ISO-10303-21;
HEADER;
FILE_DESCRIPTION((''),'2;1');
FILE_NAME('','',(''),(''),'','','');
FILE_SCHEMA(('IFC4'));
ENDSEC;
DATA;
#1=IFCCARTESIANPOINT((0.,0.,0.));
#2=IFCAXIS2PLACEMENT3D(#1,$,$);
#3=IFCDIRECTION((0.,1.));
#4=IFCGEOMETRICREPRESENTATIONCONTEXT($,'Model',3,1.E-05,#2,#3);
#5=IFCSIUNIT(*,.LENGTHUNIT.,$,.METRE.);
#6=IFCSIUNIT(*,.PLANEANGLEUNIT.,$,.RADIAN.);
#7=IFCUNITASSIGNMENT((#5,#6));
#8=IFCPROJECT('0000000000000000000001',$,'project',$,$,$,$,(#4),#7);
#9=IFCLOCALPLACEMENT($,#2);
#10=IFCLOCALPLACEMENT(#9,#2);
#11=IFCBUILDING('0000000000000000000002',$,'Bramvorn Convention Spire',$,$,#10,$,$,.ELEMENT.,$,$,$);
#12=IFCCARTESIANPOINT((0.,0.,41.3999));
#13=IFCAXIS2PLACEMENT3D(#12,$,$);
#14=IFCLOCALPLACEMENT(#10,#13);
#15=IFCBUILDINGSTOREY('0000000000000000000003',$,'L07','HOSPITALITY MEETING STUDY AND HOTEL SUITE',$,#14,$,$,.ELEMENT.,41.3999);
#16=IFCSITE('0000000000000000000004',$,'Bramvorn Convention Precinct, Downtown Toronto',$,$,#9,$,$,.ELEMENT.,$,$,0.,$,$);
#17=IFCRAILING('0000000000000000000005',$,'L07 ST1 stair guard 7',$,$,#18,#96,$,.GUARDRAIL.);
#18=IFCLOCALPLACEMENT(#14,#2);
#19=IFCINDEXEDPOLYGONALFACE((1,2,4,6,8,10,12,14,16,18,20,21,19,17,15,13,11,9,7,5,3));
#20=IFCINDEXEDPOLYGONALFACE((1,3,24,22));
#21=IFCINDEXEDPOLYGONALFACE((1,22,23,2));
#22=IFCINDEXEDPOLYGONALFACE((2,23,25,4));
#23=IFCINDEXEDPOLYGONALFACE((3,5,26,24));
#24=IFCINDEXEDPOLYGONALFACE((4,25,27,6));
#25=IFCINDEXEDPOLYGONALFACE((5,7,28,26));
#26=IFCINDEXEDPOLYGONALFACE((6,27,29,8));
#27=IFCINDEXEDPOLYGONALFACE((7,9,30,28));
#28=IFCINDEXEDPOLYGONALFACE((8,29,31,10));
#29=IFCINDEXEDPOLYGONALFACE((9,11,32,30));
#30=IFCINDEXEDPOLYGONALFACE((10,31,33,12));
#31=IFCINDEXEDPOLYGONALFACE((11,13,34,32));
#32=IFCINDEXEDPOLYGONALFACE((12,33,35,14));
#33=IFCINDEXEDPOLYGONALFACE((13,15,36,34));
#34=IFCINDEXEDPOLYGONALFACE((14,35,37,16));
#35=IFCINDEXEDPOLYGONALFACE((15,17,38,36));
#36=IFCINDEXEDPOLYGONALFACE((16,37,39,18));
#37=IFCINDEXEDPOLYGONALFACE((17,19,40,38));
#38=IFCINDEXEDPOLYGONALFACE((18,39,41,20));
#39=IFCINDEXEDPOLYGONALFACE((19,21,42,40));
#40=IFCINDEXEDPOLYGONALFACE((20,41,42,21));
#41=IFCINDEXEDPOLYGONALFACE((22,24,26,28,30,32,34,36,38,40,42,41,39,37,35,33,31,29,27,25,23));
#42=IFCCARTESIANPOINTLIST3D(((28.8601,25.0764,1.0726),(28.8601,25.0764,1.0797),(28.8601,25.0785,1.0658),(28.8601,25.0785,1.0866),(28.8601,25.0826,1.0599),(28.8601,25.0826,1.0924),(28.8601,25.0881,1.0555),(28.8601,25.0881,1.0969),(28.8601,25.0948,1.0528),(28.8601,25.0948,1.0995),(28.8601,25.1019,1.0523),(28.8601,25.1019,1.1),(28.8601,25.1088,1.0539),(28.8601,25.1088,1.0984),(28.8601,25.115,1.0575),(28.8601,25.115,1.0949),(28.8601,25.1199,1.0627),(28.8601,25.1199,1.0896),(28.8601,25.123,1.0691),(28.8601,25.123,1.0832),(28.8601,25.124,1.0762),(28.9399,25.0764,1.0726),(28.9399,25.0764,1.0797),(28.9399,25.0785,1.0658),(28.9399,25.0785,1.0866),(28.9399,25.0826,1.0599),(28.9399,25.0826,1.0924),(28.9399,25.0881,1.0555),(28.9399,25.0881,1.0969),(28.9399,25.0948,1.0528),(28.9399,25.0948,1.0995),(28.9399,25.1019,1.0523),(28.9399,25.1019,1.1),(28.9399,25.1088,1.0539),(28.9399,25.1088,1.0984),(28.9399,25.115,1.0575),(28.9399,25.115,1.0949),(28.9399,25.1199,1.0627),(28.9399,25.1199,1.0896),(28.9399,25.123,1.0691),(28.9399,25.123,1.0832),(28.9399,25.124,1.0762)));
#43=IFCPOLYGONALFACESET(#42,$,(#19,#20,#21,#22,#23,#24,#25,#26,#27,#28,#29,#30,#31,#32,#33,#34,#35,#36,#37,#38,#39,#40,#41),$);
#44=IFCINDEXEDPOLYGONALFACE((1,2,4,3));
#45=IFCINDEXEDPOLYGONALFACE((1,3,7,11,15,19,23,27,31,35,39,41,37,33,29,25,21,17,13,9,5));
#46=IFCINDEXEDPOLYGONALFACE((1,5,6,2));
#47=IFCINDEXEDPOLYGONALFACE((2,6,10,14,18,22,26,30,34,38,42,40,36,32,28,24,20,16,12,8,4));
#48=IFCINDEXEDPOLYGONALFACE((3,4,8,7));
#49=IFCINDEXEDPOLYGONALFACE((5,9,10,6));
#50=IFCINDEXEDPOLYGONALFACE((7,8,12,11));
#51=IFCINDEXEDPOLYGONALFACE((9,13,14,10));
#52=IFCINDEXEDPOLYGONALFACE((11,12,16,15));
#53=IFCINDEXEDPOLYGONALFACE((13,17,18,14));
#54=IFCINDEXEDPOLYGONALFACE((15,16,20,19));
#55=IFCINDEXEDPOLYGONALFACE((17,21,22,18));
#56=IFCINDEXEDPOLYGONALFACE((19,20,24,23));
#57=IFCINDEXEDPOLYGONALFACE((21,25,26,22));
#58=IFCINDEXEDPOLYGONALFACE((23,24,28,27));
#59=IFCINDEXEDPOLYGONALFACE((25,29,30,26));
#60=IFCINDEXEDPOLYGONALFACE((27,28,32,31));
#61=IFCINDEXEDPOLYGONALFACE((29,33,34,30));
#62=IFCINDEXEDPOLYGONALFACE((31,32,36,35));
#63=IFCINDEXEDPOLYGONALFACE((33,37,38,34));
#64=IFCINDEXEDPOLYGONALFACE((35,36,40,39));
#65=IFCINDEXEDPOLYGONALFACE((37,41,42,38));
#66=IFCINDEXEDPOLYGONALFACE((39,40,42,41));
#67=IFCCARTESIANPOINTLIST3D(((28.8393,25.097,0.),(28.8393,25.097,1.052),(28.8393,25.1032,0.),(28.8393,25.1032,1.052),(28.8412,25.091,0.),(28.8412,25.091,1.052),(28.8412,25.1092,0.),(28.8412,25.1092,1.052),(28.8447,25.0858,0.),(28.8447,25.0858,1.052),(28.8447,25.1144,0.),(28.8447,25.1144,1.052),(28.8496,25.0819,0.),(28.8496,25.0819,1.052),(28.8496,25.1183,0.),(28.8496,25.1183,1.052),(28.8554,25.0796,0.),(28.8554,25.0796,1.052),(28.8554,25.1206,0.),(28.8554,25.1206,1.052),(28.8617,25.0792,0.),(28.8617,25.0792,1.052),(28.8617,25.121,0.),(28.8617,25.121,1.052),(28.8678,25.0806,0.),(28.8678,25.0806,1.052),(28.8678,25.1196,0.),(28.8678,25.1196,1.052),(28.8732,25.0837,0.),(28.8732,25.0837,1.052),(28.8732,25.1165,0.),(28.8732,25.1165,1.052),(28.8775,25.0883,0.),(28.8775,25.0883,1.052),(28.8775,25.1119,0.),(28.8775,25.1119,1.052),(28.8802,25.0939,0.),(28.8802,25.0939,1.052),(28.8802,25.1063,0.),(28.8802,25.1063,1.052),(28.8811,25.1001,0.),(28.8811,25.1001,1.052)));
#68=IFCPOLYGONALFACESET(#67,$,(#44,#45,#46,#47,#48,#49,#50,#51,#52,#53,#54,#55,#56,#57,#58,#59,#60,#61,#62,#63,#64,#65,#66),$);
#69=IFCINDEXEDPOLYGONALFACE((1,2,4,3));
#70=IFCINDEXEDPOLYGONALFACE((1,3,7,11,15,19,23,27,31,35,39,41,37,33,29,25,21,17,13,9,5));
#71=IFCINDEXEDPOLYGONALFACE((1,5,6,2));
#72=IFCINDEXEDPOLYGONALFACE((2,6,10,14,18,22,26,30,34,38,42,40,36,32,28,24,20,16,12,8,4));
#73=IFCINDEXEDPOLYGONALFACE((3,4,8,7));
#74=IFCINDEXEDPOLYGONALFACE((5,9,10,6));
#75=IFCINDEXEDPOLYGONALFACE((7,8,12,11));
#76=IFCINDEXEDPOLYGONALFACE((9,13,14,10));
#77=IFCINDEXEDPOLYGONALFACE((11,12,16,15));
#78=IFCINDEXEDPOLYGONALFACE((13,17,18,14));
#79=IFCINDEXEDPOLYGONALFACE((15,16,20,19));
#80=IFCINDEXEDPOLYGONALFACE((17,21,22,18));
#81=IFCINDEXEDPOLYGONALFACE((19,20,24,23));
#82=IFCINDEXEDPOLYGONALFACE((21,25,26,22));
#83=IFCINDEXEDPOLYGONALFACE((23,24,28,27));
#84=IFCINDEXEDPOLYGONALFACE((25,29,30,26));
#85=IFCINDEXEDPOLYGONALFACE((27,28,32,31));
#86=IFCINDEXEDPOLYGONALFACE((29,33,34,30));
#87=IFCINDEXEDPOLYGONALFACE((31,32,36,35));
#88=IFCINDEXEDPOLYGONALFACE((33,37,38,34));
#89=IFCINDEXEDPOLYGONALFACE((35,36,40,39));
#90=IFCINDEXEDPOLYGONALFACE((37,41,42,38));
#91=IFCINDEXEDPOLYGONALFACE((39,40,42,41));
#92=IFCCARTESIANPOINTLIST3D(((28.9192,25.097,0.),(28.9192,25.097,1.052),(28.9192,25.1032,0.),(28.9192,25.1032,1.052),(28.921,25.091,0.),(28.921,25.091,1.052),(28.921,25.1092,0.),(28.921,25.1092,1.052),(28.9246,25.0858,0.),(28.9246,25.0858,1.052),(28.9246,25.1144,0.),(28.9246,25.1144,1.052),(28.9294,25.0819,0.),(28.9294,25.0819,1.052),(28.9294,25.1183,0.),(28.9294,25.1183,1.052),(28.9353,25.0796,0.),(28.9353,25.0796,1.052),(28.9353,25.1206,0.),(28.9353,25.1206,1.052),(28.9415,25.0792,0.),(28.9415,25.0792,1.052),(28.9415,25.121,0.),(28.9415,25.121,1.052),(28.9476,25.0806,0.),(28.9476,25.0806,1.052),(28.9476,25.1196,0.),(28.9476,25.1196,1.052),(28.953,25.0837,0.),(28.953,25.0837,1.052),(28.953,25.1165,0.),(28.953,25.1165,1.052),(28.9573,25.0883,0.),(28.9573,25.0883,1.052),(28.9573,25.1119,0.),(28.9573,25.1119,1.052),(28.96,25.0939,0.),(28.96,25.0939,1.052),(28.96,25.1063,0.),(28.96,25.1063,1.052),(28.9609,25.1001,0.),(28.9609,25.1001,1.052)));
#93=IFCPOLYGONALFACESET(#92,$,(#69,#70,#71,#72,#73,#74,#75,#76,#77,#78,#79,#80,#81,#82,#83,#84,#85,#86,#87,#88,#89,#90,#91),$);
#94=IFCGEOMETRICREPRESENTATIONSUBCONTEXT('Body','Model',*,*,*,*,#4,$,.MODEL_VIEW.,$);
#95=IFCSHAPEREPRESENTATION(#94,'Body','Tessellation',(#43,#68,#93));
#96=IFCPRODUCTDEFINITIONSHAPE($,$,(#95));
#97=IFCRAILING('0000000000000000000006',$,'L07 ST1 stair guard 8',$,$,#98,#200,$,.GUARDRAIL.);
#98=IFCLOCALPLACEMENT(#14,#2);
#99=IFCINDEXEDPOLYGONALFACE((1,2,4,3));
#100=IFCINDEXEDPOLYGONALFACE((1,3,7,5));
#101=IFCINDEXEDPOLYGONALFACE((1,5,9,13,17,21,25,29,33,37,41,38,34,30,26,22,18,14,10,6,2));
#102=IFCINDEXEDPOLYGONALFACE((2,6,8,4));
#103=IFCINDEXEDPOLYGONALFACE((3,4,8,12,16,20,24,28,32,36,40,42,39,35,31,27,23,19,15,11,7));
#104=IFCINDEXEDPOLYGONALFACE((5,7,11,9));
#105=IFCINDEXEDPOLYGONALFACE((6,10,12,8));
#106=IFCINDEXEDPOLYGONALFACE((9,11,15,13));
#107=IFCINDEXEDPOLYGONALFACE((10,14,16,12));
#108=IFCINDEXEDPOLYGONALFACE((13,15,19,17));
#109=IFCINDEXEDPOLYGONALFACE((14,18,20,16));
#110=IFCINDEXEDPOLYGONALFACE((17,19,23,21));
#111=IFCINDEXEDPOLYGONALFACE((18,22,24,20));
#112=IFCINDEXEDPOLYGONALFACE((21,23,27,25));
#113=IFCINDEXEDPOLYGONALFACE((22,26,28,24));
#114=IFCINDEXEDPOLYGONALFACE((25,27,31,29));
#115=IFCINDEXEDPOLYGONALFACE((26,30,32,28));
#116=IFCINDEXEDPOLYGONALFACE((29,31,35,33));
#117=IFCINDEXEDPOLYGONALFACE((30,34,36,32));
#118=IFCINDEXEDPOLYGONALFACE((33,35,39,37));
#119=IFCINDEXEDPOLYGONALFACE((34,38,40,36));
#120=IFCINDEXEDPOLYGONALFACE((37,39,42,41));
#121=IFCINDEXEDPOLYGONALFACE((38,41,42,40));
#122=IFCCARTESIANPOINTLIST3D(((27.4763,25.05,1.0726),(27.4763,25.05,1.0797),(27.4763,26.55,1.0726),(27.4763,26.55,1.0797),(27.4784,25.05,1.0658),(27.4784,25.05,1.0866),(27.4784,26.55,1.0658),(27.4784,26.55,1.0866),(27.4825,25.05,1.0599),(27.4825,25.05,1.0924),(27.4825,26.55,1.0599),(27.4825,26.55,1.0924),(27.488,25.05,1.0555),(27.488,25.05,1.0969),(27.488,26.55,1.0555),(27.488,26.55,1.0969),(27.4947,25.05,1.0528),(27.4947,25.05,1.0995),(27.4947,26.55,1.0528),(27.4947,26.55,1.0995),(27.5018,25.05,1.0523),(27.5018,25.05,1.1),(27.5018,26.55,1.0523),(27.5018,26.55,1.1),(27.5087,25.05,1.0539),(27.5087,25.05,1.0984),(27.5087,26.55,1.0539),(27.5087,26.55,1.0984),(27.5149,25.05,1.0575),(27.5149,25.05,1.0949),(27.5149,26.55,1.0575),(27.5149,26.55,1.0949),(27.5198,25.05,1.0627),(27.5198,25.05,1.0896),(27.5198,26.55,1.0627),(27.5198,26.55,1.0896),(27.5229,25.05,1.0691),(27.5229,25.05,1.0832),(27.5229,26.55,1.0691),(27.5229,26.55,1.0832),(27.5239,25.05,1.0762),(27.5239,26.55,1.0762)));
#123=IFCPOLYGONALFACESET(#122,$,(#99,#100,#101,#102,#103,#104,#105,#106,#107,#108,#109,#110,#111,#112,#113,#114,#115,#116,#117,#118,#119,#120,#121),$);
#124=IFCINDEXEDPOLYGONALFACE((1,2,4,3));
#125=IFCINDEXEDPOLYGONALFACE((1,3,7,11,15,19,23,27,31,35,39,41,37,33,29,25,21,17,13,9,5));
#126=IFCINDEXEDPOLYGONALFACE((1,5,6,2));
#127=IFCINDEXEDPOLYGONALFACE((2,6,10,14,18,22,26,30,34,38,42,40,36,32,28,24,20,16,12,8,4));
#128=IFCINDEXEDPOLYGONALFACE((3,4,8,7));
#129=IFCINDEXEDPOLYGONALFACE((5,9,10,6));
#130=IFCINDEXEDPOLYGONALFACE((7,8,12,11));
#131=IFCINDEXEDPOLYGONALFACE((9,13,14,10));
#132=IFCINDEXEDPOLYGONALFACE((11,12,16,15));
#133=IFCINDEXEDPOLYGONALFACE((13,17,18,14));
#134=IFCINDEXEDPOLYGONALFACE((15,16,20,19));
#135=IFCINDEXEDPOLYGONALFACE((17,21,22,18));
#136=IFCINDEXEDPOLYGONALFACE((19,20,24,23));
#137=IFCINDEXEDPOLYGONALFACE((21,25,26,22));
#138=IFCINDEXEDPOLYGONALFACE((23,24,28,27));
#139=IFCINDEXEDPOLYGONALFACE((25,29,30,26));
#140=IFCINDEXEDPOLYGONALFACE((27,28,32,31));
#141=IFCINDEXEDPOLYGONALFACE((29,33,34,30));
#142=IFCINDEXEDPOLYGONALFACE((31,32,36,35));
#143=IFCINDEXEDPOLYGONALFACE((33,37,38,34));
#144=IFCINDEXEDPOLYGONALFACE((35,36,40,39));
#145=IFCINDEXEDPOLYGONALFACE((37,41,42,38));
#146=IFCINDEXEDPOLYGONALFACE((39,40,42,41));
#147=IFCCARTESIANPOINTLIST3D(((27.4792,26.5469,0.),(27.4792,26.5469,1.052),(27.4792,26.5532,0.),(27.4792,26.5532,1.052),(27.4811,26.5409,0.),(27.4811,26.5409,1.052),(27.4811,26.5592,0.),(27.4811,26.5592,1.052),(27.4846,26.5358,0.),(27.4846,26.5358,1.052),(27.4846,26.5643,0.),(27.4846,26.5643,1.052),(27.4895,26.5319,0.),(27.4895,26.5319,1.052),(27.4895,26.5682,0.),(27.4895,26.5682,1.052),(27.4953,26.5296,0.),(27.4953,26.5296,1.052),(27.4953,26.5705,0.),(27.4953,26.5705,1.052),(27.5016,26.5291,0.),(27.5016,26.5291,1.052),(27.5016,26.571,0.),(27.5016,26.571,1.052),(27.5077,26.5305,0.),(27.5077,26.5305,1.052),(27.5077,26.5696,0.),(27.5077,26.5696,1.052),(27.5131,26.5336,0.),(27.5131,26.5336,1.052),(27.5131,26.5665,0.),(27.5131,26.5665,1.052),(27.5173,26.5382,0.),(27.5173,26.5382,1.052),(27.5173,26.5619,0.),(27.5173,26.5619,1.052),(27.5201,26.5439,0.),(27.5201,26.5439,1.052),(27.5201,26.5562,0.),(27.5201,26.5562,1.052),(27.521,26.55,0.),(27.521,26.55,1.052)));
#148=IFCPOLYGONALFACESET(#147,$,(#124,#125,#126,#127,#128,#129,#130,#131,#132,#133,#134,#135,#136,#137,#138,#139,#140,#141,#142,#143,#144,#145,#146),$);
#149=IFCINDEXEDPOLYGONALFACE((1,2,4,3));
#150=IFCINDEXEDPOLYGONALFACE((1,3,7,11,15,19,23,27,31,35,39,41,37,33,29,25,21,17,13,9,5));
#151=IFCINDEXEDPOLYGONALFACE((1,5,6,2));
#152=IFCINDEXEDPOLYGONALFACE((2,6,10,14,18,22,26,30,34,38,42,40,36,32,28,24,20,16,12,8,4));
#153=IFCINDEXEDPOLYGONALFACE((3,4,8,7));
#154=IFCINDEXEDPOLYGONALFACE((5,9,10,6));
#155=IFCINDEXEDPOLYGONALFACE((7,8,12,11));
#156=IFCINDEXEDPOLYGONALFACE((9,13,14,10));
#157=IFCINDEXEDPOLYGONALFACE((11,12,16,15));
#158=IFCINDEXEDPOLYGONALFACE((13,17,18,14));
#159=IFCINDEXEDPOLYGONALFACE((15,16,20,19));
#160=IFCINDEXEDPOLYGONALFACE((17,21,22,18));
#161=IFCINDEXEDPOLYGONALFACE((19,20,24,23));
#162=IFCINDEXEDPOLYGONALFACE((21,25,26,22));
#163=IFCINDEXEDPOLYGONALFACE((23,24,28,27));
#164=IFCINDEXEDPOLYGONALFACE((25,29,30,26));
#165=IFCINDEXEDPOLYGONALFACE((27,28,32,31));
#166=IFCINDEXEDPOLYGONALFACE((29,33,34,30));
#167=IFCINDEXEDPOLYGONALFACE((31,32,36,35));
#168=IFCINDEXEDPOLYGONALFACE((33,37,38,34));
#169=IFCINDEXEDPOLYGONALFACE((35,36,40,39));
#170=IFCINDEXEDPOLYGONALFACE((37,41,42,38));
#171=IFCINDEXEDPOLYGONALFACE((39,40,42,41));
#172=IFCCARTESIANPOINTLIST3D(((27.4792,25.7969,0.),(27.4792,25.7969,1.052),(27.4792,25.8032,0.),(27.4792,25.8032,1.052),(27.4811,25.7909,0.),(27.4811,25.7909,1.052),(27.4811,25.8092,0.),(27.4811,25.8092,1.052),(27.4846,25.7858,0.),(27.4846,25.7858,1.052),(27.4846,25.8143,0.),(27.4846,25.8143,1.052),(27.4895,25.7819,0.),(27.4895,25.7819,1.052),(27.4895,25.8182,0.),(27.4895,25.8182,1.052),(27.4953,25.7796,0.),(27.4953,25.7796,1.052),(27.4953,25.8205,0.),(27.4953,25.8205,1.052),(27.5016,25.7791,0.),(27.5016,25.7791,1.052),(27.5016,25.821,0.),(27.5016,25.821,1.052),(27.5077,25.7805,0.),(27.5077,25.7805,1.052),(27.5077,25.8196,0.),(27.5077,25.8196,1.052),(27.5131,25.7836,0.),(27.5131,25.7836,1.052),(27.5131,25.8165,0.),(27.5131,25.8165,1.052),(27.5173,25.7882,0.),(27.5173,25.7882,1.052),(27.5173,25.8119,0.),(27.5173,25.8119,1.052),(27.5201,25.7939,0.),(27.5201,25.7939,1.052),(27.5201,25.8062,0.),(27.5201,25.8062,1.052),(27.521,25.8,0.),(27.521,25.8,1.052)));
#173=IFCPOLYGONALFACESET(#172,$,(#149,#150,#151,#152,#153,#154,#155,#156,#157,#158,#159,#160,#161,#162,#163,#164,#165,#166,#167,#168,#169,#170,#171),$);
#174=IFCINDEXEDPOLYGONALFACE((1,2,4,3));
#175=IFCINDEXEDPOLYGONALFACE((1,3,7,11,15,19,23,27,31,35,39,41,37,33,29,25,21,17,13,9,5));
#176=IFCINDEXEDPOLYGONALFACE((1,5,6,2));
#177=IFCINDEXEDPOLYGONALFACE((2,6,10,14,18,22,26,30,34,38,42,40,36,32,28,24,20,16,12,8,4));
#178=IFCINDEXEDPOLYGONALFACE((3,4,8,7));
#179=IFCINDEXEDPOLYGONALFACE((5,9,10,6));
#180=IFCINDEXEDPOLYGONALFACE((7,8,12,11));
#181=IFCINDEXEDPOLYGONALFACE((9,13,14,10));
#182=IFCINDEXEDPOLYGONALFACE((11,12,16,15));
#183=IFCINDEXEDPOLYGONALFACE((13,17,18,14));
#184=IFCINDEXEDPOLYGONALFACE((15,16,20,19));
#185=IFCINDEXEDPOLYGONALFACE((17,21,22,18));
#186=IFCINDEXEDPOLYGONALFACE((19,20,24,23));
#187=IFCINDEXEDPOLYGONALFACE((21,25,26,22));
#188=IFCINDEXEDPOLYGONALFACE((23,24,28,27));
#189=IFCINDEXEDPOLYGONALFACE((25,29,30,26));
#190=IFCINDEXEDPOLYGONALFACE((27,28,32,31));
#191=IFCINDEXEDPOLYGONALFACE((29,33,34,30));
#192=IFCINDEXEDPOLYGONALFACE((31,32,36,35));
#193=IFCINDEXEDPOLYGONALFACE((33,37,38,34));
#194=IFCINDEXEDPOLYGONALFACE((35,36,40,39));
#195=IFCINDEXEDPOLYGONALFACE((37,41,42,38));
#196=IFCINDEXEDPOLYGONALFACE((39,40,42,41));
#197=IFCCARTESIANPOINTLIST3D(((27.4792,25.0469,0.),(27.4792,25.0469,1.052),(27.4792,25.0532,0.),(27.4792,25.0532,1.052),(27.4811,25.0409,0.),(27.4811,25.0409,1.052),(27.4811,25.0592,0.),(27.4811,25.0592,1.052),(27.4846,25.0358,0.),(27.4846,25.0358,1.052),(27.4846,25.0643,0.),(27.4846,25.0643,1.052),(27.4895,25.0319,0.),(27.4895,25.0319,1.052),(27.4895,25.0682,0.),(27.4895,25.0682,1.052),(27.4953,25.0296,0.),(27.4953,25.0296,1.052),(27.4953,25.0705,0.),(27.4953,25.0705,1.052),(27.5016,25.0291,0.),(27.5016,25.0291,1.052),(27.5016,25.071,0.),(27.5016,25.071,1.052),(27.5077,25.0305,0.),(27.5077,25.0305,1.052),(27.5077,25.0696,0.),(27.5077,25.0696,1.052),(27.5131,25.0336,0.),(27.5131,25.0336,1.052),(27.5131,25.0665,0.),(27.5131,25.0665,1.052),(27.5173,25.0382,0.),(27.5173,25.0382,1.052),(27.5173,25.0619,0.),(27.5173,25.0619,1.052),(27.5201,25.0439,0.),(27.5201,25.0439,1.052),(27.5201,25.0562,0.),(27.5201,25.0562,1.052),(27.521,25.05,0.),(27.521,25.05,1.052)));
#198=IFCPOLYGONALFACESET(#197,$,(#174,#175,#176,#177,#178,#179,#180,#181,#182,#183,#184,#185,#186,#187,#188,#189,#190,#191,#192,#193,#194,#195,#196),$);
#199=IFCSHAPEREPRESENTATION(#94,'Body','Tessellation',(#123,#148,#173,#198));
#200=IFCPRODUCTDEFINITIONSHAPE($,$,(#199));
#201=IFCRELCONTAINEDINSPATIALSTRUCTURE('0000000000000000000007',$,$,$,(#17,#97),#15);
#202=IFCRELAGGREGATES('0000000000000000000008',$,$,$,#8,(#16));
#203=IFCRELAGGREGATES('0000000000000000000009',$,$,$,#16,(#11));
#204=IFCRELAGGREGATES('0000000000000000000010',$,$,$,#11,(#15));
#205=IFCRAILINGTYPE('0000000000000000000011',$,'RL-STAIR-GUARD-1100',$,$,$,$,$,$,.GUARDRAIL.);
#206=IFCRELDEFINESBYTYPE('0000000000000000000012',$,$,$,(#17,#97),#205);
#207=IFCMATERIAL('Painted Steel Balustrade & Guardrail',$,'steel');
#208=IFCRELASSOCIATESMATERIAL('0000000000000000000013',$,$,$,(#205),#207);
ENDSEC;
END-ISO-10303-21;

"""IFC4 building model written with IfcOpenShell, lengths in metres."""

from ifc_helpers import new_model, si_unit, direction, frame, origin, origin_2d, place, context, subcontext, project, spatial, circle, extrude, material, type_object, element, save


model = new_model("IFC4")

# Units and contexts
model_context = context("Model", 3, precision=1e-05, world=origin(), true_north=direction((0.0, 1.0)))
body_context = subcontext(model_context, "Body", "Model", "MODEL_VIEW")
ifc_project = project(units=[si_unit("LENGTHUNIT", "METRE"), si_unit("PLANEANGLEUNIT", "RADIAN")], contexts=[model_context])

# Site, building, storey
site_placement = place(None, origin())
site = spatial("IfcSite", under=ifc_project, at=site_placement, Name="Bramvorn Convention Precinct, Downtown Toronto", CompositionType="ELEMENT", RefElevation=0.0)
building_placement = place(site_placement, origin())
building = spatial("IfcBuilding", under=site, at=building_placement, Name="Bramvorn Convention Spire", CompositionType="ELEMENT")
storey_placement = place(building_placement, frame((0.0, 0.0, 41.3999)))
storey = spatial("IfcBuildingStorey", under=building, at=storey_placement, Name="L07", Description="HOSPITALITY MEETING STUDY AND HOTEL SUITE", CompositionType="ELEMENT", Elevation=41.3999)

# Railings
ifc_material_1 = material(Name="Painted Steel Balustrade & Guardrail", Category="steel")
railing_type_1 = type_object("IfcRailingType", Name="RL-STAIR-GUARD-1100", PredefinedType="GUARDRAIL", material=ifc_material_1)
railing_1_placement = place(storey_placement, frame((28.8601, 25.1001, 0.0)))
element("IfcRailing", 1, at=railing_1_placement, inside=storey, type_object=railing_type_1, Name="L07 ST1 stair guard 7", PredefinedType="GUARDRAIL", context=body_context, shape_type="SweptSolid", body=[
    extrude(circle(Radius=0.0239, at=origin_2d()), frame((0.0, 0.0, 1.0762), z_axis=(1.0, 0.0, 0.0), x_axis=(0.0, 1.0, 0.0)), (0.0, 0.0, 1.0), 0.0798),
    extrude(circle(Radius=0.021, at=origin_2d()), origin(), (0.0, 0.0, 1.0), 1.052),
    extrude(circle(Radius=0.021, at=origin_2d()), frame((0.0798, 0.0, 0.0)), (0.0, 0.0, 1.0), 1.052),
])
for number, where, name in (
    (2, (27.5, 26.55, 0.0), "L07 ST1 stair guard 8"),
):
    element("IfcRailing", number, at=place(storey_placement, frame(where)), inside=storey, type_object=railing_type_1, Name=name, PredefinedType="GUARDRAIL", context=body_context, shape_type="SweptSolid", body=[
        extrude(circle(Radius=0.0239, at=origin_2d()), frame((0.0, 0.0, 1.0762), z_axis=(0.0, -1.0, 0.0), x_axis=(1.0, 0.0, 0.0)), (0.0, 0.0, 1.0), 1.5),
        extrude(circle(Radius=0.021, at=origin_2d()), origin(), (0.0, 0.0, 1.0), 1.052),
        extrude(circle(Radius=0.021, at=origin_2d()), frame((0.0, -0.75, 0.0)), (0.0, 0.0, 1.0), 1.052),
        extrude(circle(Radius=0.021, at=origin_2d()), frame((0.0, -1.5, 0.0)), (0.0, 0.0, 1.0), 1.052),
    ])

save(model, "model.ifc")
